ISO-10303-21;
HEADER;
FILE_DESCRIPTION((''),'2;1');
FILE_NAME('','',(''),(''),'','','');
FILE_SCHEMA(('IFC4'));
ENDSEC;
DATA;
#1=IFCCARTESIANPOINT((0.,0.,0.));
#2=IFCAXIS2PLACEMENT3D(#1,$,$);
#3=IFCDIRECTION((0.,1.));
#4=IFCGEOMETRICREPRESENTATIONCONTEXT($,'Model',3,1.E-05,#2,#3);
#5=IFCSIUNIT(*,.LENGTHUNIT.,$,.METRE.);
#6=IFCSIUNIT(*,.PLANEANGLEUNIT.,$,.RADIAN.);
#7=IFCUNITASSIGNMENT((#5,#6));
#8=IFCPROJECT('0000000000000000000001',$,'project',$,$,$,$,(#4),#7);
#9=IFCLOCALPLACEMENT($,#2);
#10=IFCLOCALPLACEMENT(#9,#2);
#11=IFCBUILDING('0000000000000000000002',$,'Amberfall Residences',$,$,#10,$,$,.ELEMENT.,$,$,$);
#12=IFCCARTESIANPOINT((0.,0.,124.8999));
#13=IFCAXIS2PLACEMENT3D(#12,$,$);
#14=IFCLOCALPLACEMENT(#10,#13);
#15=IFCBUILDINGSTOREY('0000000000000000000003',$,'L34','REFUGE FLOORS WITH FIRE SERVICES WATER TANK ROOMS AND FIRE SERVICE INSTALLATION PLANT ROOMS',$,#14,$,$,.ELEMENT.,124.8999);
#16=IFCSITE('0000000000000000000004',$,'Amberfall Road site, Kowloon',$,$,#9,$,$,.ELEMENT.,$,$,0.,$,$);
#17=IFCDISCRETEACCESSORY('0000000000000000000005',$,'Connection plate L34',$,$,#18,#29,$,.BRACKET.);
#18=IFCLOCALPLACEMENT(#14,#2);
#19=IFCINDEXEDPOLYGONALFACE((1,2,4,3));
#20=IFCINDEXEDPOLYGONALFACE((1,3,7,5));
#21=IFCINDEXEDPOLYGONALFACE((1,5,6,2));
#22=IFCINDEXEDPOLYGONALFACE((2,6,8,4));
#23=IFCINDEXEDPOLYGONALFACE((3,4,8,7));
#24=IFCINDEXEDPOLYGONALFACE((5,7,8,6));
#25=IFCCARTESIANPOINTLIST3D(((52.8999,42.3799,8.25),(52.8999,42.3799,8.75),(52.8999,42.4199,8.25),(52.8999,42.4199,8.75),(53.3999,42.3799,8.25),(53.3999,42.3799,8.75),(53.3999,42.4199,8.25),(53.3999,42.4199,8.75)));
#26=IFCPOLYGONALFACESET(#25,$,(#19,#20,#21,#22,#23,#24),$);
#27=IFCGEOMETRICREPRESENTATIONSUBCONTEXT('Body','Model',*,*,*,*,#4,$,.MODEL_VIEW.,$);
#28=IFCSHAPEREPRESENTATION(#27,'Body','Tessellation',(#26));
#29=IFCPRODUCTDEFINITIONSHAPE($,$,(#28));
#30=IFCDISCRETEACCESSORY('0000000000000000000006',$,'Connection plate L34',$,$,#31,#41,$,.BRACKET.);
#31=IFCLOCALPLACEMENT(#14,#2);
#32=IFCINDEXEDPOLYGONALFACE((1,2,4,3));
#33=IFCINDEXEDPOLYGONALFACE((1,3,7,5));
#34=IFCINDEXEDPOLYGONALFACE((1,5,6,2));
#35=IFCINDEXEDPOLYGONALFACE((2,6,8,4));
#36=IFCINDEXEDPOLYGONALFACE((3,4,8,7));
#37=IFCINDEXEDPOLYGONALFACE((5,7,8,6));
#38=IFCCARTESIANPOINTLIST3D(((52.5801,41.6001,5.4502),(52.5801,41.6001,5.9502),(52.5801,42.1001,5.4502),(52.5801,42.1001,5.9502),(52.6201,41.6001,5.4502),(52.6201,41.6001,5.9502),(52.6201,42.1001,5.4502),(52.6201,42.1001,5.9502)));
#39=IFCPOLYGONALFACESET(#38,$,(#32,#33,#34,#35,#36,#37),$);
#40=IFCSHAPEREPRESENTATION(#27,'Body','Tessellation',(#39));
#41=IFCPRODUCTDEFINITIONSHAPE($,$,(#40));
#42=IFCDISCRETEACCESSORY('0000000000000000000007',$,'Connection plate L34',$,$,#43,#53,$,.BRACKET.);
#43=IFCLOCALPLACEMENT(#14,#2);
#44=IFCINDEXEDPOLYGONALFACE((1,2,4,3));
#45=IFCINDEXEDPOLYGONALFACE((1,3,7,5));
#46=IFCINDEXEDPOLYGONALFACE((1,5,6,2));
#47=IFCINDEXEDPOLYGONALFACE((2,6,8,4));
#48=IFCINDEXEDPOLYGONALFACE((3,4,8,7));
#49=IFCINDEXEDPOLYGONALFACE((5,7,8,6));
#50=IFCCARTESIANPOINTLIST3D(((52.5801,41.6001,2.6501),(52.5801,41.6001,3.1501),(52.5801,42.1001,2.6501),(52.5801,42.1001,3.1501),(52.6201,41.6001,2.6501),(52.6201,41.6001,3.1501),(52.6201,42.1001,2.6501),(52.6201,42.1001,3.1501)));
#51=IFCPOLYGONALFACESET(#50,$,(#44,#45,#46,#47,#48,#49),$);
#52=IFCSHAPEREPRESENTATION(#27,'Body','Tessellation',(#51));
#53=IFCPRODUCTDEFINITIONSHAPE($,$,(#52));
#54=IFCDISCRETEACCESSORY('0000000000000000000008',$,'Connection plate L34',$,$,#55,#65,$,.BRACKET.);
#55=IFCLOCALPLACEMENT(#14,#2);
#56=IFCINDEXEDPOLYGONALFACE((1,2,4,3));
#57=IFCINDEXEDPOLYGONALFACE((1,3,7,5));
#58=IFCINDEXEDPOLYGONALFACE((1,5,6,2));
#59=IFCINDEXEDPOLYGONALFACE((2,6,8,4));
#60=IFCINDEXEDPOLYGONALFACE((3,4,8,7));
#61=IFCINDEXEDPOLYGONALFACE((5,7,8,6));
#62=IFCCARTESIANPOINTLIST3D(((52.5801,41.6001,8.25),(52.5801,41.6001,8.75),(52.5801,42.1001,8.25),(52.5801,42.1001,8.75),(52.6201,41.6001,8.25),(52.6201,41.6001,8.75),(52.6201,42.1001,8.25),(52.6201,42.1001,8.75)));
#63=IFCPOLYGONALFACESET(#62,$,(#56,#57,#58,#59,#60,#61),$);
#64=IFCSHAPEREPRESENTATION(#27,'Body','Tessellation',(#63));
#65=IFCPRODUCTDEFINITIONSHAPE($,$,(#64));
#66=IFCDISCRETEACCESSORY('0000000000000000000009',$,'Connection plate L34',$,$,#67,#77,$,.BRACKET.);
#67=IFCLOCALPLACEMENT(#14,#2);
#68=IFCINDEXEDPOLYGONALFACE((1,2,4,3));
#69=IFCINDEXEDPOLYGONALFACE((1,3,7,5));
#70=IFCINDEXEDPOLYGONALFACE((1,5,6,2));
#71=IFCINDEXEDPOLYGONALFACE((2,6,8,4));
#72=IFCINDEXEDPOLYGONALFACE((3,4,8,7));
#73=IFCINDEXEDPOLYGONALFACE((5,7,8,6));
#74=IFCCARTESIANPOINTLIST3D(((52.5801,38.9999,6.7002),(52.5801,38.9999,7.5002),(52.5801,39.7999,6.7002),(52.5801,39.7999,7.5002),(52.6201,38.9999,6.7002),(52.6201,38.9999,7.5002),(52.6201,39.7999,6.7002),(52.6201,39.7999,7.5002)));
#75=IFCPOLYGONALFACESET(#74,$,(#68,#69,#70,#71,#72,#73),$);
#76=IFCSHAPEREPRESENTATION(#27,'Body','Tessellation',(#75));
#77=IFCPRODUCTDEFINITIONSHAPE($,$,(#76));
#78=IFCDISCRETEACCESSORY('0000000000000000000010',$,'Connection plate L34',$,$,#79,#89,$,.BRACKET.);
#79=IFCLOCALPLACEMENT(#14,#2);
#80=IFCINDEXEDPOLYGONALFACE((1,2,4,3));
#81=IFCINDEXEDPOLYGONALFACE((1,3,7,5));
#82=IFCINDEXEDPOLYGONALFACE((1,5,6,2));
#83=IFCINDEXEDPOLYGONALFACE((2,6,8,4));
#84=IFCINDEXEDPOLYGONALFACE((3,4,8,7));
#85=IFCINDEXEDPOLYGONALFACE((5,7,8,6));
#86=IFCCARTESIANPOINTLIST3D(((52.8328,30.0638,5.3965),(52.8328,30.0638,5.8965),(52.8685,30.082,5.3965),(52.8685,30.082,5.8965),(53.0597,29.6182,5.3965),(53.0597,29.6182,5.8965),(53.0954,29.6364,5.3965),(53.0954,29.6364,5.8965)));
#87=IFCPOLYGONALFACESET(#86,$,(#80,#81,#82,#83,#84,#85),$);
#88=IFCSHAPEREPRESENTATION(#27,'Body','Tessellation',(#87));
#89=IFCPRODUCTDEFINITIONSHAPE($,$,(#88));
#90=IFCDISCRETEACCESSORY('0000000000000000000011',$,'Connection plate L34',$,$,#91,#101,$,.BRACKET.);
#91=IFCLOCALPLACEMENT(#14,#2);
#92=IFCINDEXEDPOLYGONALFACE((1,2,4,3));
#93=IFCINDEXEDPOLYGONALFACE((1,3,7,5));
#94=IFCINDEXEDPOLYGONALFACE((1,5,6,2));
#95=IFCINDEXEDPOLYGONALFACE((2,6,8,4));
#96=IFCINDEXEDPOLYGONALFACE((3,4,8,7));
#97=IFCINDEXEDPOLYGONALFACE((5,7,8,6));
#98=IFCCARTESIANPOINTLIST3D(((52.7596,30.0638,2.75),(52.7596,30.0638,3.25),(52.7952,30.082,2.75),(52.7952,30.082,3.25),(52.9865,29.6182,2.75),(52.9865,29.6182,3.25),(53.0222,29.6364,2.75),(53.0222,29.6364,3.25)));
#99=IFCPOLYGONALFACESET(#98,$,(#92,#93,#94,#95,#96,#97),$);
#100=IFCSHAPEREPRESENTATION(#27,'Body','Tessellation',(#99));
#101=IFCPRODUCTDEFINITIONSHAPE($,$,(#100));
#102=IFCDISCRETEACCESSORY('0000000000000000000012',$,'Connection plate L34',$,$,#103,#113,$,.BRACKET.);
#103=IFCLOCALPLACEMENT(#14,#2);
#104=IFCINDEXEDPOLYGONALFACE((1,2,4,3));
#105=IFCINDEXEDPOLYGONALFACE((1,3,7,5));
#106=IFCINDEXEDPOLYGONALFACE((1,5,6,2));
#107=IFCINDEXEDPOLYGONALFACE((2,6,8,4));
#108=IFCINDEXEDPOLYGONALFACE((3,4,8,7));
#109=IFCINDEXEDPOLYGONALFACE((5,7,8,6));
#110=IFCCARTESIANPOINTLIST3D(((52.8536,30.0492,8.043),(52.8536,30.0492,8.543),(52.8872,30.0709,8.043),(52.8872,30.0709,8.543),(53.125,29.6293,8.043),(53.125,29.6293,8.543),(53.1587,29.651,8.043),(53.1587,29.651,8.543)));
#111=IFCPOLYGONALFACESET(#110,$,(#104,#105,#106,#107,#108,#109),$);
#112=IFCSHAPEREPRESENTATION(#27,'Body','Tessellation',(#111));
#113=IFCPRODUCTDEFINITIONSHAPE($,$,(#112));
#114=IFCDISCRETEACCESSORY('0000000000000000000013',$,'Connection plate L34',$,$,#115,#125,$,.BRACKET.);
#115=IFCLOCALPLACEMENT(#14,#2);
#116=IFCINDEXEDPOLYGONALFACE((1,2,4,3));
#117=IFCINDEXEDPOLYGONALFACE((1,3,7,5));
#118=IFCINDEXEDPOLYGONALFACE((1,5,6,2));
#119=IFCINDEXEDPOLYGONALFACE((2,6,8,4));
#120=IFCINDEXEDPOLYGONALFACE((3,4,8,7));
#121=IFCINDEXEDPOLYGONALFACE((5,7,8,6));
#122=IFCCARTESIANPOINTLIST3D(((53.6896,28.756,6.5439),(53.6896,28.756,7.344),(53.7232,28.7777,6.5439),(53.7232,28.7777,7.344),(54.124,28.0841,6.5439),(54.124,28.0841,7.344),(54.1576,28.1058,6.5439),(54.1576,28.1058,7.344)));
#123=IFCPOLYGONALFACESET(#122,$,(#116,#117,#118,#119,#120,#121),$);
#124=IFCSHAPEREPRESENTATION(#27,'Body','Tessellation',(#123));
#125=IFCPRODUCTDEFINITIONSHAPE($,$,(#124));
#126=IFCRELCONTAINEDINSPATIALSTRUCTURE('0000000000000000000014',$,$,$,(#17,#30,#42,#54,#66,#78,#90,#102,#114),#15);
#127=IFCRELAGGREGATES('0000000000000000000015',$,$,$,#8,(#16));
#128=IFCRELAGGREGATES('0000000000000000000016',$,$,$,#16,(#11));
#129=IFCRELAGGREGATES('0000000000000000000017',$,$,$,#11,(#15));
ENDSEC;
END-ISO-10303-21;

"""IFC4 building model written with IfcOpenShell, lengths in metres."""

from ifc_helpers import new_model, si_unit, direction, frame, origin, origin_2d, place, context, subcontext, project, spatial, rectangle, extrude, element, save


model = new_model("IFC4")

# Units and contexts
model_context = context("Model", 3, precision=1e-05, world=origin(), true_north=direction((0.0, 1.0)))
body_context = subcontext(model_context, "Body", "Model", "MODEL_VIEW")
ifc_project = project(units=[si_unit("LENGTHUNIT", "METRE"), si_unit("PLANEANGLEUNIT", "RADIAN")], contexts=[model_context])

# Site, building, storey
site_placement = place(None, origin())
site = spatial("IfcSite", under=ifc_project, at=site_placement, Name="Amberfall Road site, Kowloon", CompositionType="ELEMENT", RefElevation=0.0)
building_placement = place(site_placement, origin())
building = spatial("IfcBuilding", under=site, at=building_placement, Name="Amberfall Residences", CompositionType="ELEMENT")
storey_placement = place(building_placement, frame((0.0, 0.0, 124.8999)))
storey = spatial("IfcBuildingStorey", under=building, at=storey_placement, Name="L34", Description="REFUGE FLOORS WITH FIRE SERVICES WATER TANK ROOMS AND FIRE SERVICE INSTALLATION PLANT ROOMS", CompositionType="ELEMENT", Elevation=124.8999)

# Discrete accessories
for number, where, z_axis, x_axis, name in (
    (1, (53.1499, 42.3999, 8.25), (0.0, 0.0, 1.0), (1.0, 0.0, 0.0), "Connection plate L34"),
    (2, (52.6001, 41.8501, 5.4502), (0.0, 0.0, 1.0), (0.0, 1.0, 0.0), "Connection plate L34"),
    (3, (52.6001, 41.8501, 2.6501), (0.0, 0.0, 1.0), (0.0, 1.0, 0.0), "Connection plate L34"),
    (4, (52.6001, 41.8501, 8.25), (0.0, 0.0, 1.0), (0.0, 1.0, 0.0), "Connection plate L34"),
):
    element("IfcDiscreteAccessory", number, at=place(storey_placement, frame(where, z_axis=z_axis, x_axis=x_axis)), inside=storey, Name=name, PredefinedType="BRACKET", context=body_context, shape_type="SweptSolid", body=[
        extrude(rectangle(XDim=0.5, YDim=0.04, at=origin_2d()), origin(), (0.0, 0.0, 1.0), 0.5),
    ])
discrete_accessory_1_placement = place(storey_placement, frame((52.6001, 39.3999, 6.7002), z_axis=(0.0, 0.0, 1.0), x_axis=(0.0, 1.0, 0.0)))
element("IfcDiscreteAccessory", 5, at=discrete_accessory_1_placement, inside=storey, Name="Connection plate L34", PredefinedType="BRACKET", context=body_context, shape_type="SweptSolid", body=[
    extrude(rectangle(XDim=0.8, YDim=0.04, at=origin_2d()), origin(), (0.0, 0.0, 1.0), 0.8),
])
for number, where, z_axis, x_axis, name in (
    (6, (52.9641, 29.8501, 5.3965), (0.0, 0.0, 1.0), (-0.453835, 0.891086, 0.0), "Connection plate L34"),
    (7, (52.8909, 29.8501, 2.75), (0.0, 0.0, 1.0), (-0.453835, 0.891086, 0.0), "Connection plate L34"),
    (8, (53.0061, 29.8501, 8.043), (0.0, 0.0, 1.0), (-0.54294, 0.839772, 0.0), "Connection plate L34"),
):
    element("IfcDiscreteAccessory", number, at=place(storey_placement, frame(where, z_axis=z_axis, x_axis=x_axis)), inside=storey, Name=name, PredefinedType="BRACKET", context=body_context, shape_type="SweptSolid", body=[
        extrude(rectangle(XDim=0.5, YDim=0.04, at=origin_2d()), origin(), (0.0, 0.0, 1.0), 0.5),
    ])
discrete_accessory_2_placement = place(storey_placement, frame((53.9236, 28.4309, 6.5439), z_axis=(0.0, 0.0, 1.0), x_axis=(-0.54294, 0.839772, 0.0)))
element("IfcDiscreteAccessory", 9, at=discrete_accessory_2_placement, inside=storey, Name="Connection plate L34", PredefinedType="BRACKET", context=body_context, shape_type="SweptSolid", body=[
    extrude(rectangle(XDim=0.8, YDim=0.04, at=origin_2d()), origin(), (0.0, 0.0, 1.0), 0.8),
])

save(model, "model.ifc")
